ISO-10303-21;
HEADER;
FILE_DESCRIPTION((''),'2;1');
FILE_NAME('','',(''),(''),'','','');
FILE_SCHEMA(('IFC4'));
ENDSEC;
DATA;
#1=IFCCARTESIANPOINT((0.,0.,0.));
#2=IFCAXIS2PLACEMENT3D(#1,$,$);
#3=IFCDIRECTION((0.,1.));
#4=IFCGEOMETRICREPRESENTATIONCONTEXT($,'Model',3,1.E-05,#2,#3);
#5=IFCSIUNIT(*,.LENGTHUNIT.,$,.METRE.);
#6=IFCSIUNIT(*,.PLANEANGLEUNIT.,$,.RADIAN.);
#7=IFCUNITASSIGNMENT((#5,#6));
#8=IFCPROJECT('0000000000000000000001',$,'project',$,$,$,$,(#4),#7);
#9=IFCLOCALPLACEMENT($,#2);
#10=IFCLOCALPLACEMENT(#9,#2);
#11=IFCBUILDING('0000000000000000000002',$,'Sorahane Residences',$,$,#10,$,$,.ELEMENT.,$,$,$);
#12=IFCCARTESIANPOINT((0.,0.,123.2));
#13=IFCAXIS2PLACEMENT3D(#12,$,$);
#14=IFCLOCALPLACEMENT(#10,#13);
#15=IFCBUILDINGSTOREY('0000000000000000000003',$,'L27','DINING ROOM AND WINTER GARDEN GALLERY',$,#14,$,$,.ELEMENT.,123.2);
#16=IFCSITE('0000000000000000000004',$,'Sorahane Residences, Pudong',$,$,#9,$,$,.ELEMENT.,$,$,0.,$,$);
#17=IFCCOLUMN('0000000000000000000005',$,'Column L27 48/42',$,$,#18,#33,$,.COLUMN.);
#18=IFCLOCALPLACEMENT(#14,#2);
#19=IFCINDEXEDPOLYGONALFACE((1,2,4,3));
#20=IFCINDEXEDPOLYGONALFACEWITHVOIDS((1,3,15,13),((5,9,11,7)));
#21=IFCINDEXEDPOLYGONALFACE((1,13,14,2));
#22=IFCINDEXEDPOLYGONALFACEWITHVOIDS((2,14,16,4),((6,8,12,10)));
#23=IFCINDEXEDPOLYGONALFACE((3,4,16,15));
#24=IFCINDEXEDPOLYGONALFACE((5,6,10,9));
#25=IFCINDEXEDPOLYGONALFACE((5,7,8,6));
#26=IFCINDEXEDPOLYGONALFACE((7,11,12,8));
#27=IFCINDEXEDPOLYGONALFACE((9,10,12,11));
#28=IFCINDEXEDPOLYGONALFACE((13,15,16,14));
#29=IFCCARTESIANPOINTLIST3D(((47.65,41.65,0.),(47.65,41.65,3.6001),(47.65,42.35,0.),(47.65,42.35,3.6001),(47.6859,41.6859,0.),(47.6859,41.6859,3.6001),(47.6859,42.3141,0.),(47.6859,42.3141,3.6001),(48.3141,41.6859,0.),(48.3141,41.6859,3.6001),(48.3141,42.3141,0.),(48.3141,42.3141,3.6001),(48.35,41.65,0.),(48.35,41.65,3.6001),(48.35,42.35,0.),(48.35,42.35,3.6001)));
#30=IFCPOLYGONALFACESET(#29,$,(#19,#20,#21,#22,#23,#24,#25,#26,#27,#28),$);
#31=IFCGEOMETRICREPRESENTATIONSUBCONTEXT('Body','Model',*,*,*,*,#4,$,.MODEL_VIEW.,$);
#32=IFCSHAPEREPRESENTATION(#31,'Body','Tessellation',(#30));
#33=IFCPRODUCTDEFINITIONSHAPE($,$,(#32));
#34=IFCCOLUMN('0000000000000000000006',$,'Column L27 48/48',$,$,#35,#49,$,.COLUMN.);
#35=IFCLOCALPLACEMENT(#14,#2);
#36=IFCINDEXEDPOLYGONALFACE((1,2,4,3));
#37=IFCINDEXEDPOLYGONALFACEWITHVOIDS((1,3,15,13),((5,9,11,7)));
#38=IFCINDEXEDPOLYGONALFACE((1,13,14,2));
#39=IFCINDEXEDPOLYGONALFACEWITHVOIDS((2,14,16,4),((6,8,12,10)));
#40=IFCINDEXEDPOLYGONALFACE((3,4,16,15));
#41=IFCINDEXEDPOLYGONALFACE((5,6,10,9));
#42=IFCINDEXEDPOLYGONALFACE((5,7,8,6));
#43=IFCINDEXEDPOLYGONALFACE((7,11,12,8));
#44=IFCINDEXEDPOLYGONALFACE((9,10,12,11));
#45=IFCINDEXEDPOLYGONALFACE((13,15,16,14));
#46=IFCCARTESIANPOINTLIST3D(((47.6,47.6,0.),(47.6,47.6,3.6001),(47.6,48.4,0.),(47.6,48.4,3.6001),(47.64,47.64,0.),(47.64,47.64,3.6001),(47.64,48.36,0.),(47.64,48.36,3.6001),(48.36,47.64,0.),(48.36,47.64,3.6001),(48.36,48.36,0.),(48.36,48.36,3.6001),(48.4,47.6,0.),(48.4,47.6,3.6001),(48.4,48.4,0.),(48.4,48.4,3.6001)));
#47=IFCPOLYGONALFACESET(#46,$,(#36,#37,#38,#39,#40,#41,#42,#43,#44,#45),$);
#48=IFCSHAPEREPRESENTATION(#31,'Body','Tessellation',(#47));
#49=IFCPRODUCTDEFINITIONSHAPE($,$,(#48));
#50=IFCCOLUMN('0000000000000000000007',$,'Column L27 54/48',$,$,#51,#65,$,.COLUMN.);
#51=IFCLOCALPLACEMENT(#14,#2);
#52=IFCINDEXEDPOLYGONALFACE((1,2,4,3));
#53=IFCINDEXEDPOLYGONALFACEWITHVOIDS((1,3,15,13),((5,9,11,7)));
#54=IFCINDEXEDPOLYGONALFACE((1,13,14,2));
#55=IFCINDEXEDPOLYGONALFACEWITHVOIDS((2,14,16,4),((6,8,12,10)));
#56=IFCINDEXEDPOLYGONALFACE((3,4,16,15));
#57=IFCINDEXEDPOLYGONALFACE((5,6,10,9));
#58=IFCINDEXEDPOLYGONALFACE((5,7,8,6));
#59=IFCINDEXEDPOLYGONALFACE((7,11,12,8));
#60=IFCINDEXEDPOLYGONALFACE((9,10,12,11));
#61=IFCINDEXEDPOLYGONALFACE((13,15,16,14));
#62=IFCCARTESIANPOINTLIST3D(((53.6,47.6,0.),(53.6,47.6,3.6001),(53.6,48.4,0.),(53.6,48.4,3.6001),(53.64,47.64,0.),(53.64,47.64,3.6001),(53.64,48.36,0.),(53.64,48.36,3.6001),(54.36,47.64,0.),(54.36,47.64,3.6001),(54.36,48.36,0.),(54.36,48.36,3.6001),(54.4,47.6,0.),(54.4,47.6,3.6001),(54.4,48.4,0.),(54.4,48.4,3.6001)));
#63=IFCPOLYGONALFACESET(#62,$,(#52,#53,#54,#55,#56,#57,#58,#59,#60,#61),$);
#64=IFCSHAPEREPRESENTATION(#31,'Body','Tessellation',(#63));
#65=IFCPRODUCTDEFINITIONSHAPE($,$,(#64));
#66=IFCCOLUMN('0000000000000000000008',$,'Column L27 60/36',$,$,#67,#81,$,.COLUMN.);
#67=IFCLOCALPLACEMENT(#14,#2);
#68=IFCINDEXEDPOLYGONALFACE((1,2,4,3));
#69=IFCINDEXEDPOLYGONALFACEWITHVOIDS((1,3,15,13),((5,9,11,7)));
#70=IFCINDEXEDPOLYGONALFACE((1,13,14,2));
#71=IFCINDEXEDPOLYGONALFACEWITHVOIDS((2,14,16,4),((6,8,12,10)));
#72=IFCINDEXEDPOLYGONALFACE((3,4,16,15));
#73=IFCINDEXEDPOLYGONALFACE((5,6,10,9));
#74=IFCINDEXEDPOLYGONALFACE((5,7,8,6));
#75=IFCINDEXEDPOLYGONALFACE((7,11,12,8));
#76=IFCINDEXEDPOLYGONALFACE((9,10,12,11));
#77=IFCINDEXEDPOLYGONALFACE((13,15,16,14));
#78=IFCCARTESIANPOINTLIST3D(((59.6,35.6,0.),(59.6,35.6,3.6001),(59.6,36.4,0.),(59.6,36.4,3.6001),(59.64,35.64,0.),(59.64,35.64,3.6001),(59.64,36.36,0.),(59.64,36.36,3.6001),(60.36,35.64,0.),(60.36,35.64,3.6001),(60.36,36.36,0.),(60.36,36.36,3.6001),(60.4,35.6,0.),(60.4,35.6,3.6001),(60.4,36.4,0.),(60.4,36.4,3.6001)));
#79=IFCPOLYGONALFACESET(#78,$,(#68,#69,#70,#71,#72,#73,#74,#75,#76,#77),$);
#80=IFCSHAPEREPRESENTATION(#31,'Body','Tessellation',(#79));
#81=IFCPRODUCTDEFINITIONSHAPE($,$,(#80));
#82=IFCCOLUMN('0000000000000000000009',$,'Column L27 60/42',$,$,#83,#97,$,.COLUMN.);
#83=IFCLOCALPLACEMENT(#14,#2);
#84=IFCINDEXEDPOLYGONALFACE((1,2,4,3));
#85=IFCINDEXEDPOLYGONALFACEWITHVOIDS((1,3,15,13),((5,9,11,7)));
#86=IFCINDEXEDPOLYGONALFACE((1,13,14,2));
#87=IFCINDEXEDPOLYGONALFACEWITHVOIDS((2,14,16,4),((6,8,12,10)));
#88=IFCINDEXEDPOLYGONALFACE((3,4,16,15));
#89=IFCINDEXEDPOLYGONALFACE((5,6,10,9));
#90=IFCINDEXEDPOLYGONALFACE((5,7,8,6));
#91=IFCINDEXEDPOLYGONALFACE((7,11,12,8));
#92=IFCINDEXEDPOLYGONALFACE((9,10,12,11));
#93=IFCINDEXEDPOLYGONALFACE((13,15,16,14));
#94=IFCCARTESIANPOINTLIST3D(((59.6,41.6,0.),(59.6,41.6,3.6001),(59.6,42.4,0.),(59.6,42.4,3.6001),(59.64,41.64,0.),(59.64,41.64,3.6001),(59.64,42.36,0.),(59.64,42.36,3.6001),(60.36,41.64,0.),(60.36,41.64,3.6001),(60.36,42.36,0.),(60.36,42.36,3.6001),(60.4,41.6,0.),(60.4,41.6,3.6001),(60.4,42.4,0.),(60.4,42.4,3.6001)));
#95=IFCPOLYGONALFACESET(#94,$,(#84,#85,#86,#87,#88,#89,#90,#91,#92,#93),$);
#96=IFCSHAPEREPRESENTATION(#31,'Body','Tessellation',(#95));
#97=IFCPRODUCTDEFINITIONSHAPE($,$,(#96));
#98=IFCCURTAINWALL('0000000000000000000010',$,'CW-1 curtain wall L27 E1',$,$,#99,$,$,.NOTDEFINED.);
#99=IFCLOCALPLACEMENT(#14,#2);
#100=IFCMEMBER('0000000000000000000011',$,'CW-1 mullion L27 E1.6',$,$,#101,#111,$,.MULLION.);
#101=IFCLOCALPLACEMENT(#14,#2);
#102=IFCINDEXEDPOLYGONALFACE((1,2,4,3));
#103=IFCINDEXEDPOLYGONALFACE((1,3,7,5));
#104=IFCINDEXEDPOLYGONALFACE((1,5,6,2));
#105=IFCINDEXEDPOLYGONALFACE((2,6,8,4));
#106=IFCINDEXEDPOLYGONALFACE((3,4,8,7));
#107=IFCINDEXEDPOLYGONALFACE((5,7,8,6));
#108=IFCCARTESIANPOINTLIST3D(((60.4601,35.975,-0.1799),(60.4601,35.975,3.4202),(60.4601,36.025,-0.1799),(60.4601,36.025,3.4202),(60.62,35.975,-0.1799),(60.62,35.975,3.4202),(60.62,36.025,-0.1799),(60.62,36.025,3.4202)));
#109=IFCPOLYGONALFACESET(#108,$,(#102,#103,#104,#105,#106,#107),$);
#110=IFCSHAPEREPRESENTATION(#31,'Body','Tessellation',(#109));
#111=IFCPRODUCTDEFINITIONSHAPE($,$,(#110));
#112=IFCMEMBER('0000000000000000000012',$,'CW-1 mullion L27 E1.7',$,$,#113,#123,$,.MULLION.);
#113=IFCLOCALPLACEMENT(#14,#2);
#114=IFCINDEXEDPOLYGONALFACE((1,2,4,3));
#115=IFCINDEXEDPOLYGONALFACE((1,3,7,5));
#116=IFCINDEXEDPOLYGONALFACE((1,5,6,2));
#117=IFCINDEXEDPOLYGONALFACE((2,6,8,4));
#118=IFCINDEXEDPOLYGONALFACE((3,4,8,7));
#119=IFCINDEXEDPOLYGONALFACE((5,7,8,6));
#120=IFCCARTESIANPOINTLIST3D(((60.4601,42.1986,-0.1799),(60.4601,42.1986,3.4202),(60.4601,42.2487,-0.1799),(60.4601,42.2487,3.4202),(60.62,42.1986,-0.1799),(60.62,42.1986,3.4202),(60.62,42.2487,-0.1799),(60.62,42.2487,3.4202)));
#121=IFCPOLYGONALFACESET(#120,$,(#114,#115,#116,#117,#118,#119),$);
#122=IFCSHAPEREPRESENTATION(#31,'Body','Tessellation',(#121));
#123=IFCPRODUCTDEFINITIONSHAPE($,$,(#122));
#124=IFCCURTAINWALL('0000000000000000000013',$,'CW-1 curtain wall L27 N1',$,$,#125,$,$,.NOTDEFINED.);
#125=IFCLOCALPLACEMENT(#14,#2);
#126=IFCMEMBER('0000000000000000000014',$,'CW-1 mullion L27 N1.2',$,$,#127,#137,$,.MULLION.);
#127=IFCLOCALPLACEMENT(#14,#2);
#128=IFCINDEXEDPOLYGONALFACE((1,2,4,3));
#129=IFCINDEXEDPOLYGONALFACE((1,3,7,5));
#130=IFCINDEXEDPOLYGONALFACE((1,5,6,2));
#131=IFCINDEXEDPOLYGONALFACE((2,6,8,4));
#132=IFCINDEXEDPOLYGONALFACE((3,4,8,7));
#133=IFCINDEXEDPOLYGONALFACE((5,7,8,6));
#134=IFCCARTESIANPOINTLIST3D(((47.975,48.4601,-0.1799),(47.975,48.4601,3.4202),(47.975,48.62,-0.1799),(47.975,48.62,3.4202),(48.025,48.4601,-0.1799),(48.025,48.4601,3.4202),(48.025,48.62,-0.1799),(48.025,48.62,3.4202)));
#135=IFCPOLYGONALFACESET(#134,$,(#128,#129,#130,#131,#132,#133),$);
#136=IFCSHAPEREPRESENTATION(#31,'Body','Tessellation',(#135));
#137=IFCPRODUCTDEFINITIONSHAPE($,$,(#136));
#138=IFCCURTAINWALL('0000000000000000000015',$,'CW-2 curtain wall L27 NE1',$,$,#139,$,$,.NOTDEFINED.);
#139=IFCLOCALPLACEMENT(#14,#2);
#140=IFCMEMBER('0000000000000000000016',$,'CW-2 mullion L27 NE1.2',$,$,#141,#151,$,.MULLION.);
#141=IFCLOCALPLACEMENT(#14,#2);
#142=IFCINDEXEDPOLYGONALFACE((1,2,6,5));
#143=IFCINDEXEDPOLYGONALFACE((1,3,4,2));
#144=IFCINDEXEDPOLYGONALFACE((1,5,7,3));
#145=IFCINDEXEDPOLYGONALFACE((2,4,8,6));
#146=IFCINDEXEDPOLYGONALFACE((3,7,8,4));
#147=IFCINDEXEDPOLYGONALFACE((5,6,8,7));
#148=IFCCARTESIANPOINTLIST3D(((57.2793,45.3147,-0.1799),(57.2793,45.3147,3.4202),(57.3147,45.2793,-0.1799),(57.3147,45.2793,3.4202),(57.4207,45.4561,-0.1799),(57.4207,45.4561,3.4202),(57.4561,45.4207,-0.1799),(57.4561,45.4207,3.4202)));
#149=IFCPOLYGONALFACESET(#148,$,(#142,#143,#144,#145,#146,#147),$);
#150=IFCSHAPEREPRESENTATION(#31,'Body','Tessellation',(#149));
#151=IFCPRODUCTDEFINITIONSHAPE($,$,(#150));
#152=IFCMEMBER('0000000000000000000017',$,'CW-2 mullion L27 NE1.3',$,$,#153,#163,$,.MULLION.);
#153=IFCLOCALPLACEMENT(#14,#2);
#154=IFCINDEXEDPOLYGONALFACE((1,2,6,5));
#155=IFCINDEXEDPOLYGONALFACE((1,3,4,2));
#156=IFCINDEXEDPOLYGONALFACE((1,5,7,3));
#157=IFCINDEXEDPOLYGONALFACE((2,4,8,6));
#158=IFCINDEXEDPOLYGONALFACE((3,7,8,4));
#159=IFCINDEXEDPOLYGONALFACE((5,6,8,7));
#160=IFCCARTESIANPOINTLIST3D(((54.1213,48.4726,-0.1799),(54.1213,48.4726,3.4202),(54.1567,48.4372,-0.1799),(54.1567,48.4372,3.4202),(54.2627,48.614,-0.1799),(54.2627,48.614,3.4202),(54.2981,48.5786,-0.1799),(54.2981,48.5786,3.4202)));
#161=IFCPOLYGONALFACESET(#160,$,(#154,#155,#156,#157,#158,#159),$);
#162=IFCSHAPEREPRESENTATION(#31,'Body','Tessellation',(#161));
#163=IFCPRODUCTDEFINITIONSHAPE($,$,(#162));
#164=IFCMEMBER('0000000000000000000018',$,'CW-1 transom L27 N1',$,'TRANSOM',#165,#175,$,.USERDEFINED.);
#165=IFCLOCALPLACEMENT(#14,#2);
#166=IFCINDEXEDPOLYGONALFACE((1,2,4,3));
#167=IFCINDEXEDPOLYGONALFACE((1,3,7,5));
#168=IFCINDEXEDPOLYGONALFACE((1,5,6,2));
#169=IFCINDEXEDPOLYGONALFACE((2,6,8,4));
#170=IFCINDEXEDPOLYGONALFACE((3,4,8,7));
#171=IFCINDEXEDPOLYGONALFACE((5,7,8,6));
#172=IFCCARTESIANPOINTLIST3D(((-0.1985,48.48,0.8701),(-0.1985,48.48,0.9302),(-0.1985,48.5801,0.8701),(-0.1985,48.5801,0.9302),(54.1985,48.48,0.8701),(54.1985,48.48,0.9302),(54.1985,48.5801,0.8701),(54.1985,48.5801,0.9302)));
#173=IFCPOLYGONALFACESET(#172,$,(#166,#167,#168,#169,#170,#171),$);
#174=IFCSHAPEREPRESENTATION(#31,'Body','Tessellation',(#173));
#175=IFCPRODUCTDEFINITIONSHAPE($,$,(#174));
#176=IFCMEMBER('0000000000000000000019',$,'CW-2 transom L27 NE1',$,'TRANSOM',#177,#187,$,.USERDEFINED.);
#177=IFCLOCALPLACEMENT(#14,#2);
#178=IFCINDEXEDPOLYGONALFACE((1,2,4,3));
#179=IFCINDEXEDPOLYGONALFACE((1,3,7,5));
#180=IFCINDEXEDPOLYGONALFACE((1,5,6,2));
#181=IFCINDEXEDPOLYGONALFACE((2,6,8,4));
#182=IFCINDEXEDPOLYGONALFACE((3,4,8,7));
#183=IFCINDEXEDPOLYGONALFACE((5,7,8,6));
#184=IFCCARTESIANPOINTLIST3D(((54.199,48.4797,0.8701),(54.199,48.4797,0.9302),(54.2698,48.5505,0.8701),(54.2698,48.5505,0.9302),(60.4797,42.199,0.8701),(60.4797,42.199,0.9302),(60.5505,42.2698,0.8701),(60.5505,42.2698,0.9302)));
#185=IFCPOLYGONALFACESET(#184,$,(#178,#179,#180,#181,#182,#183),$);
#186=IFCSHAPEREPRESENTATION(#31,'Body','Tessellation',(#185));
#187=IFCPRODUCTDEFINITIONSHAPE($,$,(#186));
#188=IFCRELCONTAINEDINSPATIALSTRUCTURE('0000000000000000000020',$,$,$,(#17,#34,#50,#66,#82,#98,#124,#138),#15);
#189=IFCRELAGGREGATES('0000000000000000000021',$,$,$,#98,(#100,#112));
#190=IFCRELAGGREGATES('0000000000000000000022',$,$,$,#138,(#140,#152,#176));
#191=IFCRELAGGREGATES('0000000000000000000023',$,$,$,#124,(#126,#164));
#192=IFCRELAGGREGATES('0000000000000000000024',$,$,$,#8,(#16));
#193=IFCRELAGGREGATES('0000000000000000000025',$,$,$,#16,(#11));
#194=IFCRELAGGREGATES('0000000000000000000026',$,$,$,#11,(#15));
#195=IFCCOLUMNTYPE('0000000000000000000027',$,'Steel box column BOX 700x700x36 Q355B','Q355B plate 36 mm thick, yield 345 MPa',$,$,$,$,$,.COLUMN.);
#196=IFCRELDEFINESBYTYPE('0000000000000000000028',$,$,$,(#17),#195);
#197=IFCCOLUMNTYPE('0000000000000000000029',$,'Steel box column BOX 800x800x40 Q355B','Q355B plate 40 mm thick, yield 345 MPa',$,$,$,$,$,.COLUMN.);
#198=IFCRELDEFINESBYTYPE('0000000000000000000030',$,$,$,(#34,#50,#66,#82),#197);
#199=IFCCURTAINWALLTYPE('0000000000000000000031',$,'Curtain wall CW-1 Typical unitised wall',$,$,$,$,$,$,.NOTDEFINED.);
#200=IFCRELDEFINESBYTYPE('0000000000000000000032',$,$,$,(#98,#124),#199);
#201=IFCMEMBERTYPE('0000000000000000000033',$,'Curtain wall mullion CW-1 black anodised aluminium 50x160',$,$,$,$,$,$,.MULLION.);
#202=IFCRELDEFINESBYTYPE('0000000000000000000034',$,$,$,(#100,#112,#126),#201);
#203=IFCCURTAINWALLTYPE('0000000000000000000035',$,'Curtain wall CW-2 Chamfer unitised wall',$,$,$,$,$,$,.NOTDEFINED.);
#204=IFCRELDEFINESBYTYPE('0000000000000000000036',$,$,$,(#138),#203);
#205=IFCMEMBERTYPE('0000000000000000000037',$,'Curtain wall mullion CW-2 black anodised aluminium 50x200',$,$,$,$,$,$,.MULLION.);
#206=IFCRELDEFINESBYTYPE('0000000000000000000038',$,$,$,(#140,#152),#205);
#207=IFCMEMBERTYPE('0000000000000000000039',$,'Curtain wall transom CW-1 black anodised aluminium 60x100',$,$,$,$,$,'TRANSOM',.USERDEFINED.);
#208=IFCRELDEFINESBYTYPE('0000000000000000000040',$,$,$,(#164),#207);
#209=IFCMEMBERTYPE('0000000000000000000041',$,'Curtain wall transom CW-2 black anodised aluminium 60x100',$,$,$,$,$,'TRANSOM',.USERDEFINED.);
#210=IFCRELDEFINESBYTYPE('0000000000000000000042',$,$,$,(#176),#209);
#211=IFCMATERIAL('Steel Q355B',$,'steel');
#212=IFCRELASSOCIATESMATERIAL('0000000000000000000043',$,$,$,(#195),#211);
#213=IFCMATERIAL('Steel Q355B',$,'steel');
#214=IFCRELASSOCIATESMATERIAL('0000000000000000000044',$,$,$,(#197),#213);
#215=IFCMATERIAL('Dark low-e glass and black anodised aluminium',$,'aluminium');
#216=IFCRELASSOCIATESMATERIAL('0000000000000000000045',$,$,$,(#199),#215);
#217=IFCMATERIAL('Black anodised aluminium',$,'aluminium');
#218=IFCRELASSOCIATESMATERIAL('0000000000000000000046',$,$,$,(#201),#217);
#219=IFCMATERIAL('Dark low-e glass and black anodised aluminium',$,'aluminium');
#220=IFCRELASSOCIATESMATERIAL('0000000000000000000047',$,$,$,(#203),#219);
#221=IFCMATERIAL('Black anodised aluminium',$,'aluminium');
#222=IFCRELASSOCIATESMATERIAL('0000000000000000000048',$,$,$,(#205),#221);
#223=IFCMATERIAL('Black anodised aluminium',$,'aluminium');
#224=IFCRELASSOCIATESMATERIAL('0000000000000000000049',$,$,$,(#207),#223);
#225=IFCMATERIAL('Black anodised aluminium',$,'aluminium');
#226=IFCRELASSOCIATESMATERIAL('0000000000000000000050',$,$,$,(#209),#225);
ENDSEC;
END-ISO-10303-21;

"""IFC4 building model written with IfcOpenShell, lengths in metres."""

from ifc_helpers import new_model, si_unit, direction, frame, origin, origin_2d, place, context, subcontext, project, spatial, rectangle, hollow_rectangle, extrude, material, material_profile, profile_set, type_object, element, aggregate, save


model = new_model("IFC4")

# Units and contexts
model_context = context("Model", 3, precision=1e-05, world=origin(), true_north=direction((0.0, 1.0)))
body_context = subcontext(model_context, "Body", "Model", "MODEL_VIEW")
ifc_project = project(units=[si_unit("LENGTHUNIT", "METRE"), si_unit("PLANEANGLEUNIT", "RADIAN")], contexts=[model_context])

# Site, building, storey
site_placement = place(None, origin())
site = spatial("IfcSite", under=ifc_project, at=site_placement, Name="Sorahane Residences, Pudong", CompositionType="ELEMENT", RefElevation=0.0)
building_placement = place(site_placement, origin())
building = spatial("IfcBuilding", under=site, at=building_placement, Name="Sorahane Residences", CompositionType="ELEMENT")
storey_placement = place(building_placement, frame((0.0, 0.0, 123.2)))
storey = spatial("IfcBuildingStorey", under=building, at=storey_placement, Name="L27", Description="DINING ROOM AND WINTER GARDEN GALLERY", CompositionType="ELEMENT", Elevation=123.2)

# Columns
ifc_material_1 = material(Name="Steel Q355B", Category="steel")
ifc_material_profile_1 = material_profile(ifc_material_1, hollow_rectangle(XDim=0.7, YDim=0.7, WallThickness=0.0359, at=origin_2d()), Name="BOX 700x700x36")
ifc_profile_set_1 = profile_set([ifc_material_profile_1], Name="Steel Q355B")
column_type_1 = type_object("IfcColumnType", Name="Steel box column BOX 700x700x36 Q355B", Description="Q355B plate 36 mm thick, yield 345 MPa", PredefinedType="COLUMN", material=ifc_profile_set_1)
column_placement = place(storey_placement, frame((48.0, 42.0, 0.0), z_axis=(0.0, 0.0, 1.0), x_axis=(1.0, 0.0, 0.0)))
element("IfcColumn", 1, at=column_placement, inside=storey, type_object=column_type_1, Name="Column L27 48/42", PredefinedType="COLUMN", context=body_context, shape_type="SweptSolid", body=[
    extrude(hollow_rectangle(XDim=0.7, YDim=0.7, WallThickness=0.0359, at=origin_2d()), origin(), (0.0, 0.0, 1.0), 3.6001),
])
ifc_material_2 = material(Name="Steel Q355B", Category="steel")
ifc_material_profile_2 = material_profile(ifc_material_2, hollow_rectangle(XDim=0.8, YDim=0.8, WallThickness=0.04, at=origin_2d()), Name="BOX 800x800x40")
ifc_profile_set_2 = profile_set([ifc_material_profile_2], Name="Steel Q355B")
column_type_2 = type_object("IfcColumnType", Name="Steel box column BOX 800x800x40 Q355B", Description="Q355B plate 40 mm thick, yield 345 MPa", PredefinedType="COLUMN", material=ifc_profile_set_2)
for number, where, z_axis, x_axis, name in (
    (2, (48.0, 48.0, 0.0), (0.0, 0.0, 1.0), (1.0, 0.0, 0.0), "Column L27 48/48"),
    (3, (54.0, 48.0, 0.0), (0.0, 0.0, 1.0), (1.0, 0.0, 0.0), "Column L27 54/48"),
    (4, (60.0, 36.0, 0.0), (0.0, 0.0, 1.0), (1.0, 0.0, 0.0), "Column L27 60/36"),
    (5, (60.0, 42.0, 0.0), (0.0, 0.0, 1.0), (1.0, 0.0, 0.0), "Column L27 60/42"),
):
    element("IfcColumn", number, at=place(storey_placement, frame(where, z_axis=z_axis, x_axis=x_axis)), inside=storey, type_object=column_type_2, Name=name, PredefinedType="COLUMN", context=body_context, shape_type="SweptSolid", body=[
        extrude(hollow_rectangle(XDim=0.8, YDim=0.8, WallThickness=0.04, at=origin_2d()), origin(), (0.0, 0.0, 1.0), 3.6001),
    ])

# Curtain wall, members
ifc_material_3 = material(Name="Dark low-e glass and black anodised aluminium", Category="aluminium")
curtain_wall_type_1 = type_object("IfcCurtainWallType", Name="Curtain wall CW-1 Typical unitised wall", PredefinedType="NOTDEFINED", material=ifc_material_3)
curtain_wall_1_placement = place(storey_placement, origin())
curtain_wall_1 = element("IfcCurtainWall", 6, at=curtain_wall_1_placement, inside=storey, type_object=curtain_wall_type_1, Name="CW-1 curtain wall L27 E1", PredefinedType="NOTDEFINED")
ifc_material_4 = material(Name="Black anodised aluminium", Category="aluminium")
ifc_material_profile_3 = material_profile(ifc_material_4, rectangle(XDim=0.1599, YDim=0.05, at=origin_2d()), Name="Curtain wall mullion CW-1 black anodised aluminium 50x160")
ifc_profile_set_3 = profile_set([ifc_material_profile_3], Name="Black anodised aluminium")
member_type_1 = type_object("IfcMemberType", Name="Curtain wall mullion CW-1 black anodised aluminium 50x160", PredefinedType="MULLION", material=ifc_profile_set_3)
member_1_placement = place(storey_placement, frame((60.54, 36.0, -0.1799), z_axis=(0.0, 0.0, 1.0), x_axis=(1.0, 0.0, 0.0)))
member_1 = element("IfcMember", 7, at=member_1_placement, type_object=member_type_1, Name="CW-1 mullion L27 E1.6", PredefinedType="MULLION", context=body_context, shape_type="SweptSolid", body=[
    extrude(rectangle(XDim=0.1599, YDim=0.05, at=origin_2d()), origin(), (0.0, 0.0, 1.0), 3.6001),
])
member_2_placement = place(storey_placement, frame((60.54, 42.2236, -0.1799), z_axis=(0.0, 0.0, 1.0), x_axis=(1.0, 0.0, 0.0)))
member_2 = element("IfcMember", 8, at=member_2_placement, type_object=member_type_1, Name="CW-1 mullion L27 E1.7", PredefinedType="MULLION", context=body_context, shape_type="SweptSolid", body=[
    extrude(rectangle(XDim=0.1599, YDim=0.05, at=origin_2d()), origin(), (0.0, 0.0, 1.0), 3.6001),
])

# Curtain wall, member
curtain_wall_2_placement = place(storey_placement, origin())
curtain_wall_2 = element("IfcCurtainWall", 9, at=curtain_wall_2_placement, inside=storey, type_object=curtain_wall_type_1, Name="CW-1 curtain wall L27 N1", PredefinedType="NOTDEFINED")
member_3_placement = place(storey_placement, frame((48.0, 48.54, -0.1799), z_axis=(0.0, 0.0, 1.0), x_axis=(0.0, 1.0, 0.0)))
member_3 = element("IfcMember", 10, at=member_3_placement, type_object=member_type_1, Name="CW-1 mullion L27 N1.2", PredefinedType="MULLION", context=body_context, shape_type="SweptSolid", body=[
    extrude(rectangle(XDim=0.1599, YDim=0.05, at=origin_2d()), origin(), (0.0, 0.0, 1.0), 3.6001),
])

# Curtain wall, members
ifc_material_5 = material(Name="Dark low-e glass and black anodised aluminium", Category="aluminium")
curtain_wall_type_2 = type_object("IfcCurtainWallType", Name="Curtain wall CW-2 Chamfer unitised wall", PredefinedType="NOTDEFINED", material=ifc_material_5)
curtain_wall_3_placement = place(storey_placement, origin())
curtain_wall_3 = element("IfcCurtainWall", 11, at=curtain_wall_3_placement, inside=storey, type_object=curtain_wall_type_2, Name="CW-2 curtain wall L27 NE1", PredefinedType="NOTDEFINED")
ifc_material_6 = material(Name="Black anodised aluminium", Category="aluminium")
ifc_material_profile_4 = material_profile(ifc_material_6, rectangle(XDim=0.2, YDim=0.05, at=origin_2d()), Name="Curtain wall mullion CW-2 black anodised aluminium 50x200")
ifc_profile_set_4 = profile_set([ifc_material_profile_4], Name="Black anodised aluminium")
member_type_2 = type_object("IfcMemberType", Name="Curtain wall mullion CW-2 black anodised aluminium 50x200", PredefinedType="MULLION", material=ifc_profile_set_4)
member_4_placement = place(storey_placement, frame((57.3677, 45.3677, -0.1799), z_axis=(0.0, 0.0, 1.0), x_axis=(0.707107, 0.707107, 0.0)))
member_4 = element("IfcMember", 12, at=member_4_placement, type_object=member_type_2, Name="CW-2 mullion L27 NE1.2", PredefinedType="MULLION", context=body_context, shape_type="SweptSolid", body=[
    extrude(rectangle(XDim=0.2, YDim=0.05, at=origin_2d()), origin(), (0.0, 0.0, 1.0), 3.6001),
])
member_5_placement = place(storey_placement, frame((54.2097, 48.5256, -0.1799), z_axis=(0.0, 0.0, 1.0), x_axis=(0.707107, 0.707107, 0.0)))
member_5 = element("IfcMember", 13, at=member_5_placement, type_object=member_type_2, Name="CW-2 mullion L27 NE1.3", PredefinedType="MULLION", context=body_context, shape_type="SweptSolid", body=[
    extrude(rectangle(XDim=0.2, YDim=0.05, at=origin_2d()), origin(), (0.0, 0.0, 1.0), 3.6001),
])

# Members
ifc_material_7 = material(Name="Black anodised aluminium", Category="aluminium")
ifc_material_profile_5 = material_profile(ifc_material_7, rectangle(XDim=0.1001, YDim=0.0601, at=origin_2d()), Name="Curtain wall transom CW-1 black anodised aluminium 60x100")
ifc_profile_set_5 = profile_set([ifc_material_profile_5], Name="Black anodised aluminium")
member_type_3 = type_object("IfcMemberType", Name="Curtain wall transom CW-1 black anodised aluminium 60x100", ElementType="TRANSOM", PredefinedType="USERDEFINED", material=ifc_profile_set_5)
member_6_placement = place(storey_placement, frame((54.1985, 48.53, 0.9001), z_axis=(-1.0, 0.0, 0.0), x_axis=(0.0, -1.0, 0.0)))
member_6 = element("IfcMember", 14, at=member_6_placement, type_object=member_type_3, Name="CW-1 transom L27 N1", ObjectType="TRANSOM", PredefinedType="USERDEFINED", context=body_context, shape_type="SweptSolid", body=[
    extrude(rectangle(XDim=0.1001, YDim=0.0601, at=origin_2d()), origin(), (0.0, 0.0, 1.0), 54.397),
])
ifc_material_8 = material(Name="Black anodised aluminium", Category="aluminium")
ifc_material_profile_6 = material_profile(ifc_material_8, rectangle(XDim=0.1001, YDim=0.0601, at=origin_2d()), Name="Curtain wall transom CW-2 black anodised aluminium 60x100")
ifc_profile_set_6 = profile_set([ifc_material_profile_6], Name="Black anodised aluminium")
member_type_4 = type_object("IfcMemberType", Name="Curtain wall transom CW-2 black anodised aluminium 60x100", ElementType="TRANSOM", PredefinedType="USERDEFINED", material=ifc_profile_set_6)
member_7_placement = place(storey_placement, frame((60.5151, 42.2344, 0.9001), z_axis=(-0.707107, 0.707107, 0.0), x_axis=(-0.707107, -0.707107, 0.0)))
member_7 = element("IfcMember", 15, at=member_7_placement, type_object=member_type_4, Name="CW-2 transom L27 NE1", ObjectType="TRANSOM", PredefinedType="USERDEFINED", context=body_context, shape_type="SweptSolid", body=[
    extrude(rectangle(XDim=0.1001, YDim=0.0601, at=origin_2d()), origin(), (0.0, 0.0, 1.0), 8.8823),
])

aggregate(curtain_wall_1, [member_1, member_2])
aggregate(curtain_wall_3, [member_4, member_5, member_7])
aggregate(curtain_wall_2, [member_3, member_6])

save(model, "model.ifc")
